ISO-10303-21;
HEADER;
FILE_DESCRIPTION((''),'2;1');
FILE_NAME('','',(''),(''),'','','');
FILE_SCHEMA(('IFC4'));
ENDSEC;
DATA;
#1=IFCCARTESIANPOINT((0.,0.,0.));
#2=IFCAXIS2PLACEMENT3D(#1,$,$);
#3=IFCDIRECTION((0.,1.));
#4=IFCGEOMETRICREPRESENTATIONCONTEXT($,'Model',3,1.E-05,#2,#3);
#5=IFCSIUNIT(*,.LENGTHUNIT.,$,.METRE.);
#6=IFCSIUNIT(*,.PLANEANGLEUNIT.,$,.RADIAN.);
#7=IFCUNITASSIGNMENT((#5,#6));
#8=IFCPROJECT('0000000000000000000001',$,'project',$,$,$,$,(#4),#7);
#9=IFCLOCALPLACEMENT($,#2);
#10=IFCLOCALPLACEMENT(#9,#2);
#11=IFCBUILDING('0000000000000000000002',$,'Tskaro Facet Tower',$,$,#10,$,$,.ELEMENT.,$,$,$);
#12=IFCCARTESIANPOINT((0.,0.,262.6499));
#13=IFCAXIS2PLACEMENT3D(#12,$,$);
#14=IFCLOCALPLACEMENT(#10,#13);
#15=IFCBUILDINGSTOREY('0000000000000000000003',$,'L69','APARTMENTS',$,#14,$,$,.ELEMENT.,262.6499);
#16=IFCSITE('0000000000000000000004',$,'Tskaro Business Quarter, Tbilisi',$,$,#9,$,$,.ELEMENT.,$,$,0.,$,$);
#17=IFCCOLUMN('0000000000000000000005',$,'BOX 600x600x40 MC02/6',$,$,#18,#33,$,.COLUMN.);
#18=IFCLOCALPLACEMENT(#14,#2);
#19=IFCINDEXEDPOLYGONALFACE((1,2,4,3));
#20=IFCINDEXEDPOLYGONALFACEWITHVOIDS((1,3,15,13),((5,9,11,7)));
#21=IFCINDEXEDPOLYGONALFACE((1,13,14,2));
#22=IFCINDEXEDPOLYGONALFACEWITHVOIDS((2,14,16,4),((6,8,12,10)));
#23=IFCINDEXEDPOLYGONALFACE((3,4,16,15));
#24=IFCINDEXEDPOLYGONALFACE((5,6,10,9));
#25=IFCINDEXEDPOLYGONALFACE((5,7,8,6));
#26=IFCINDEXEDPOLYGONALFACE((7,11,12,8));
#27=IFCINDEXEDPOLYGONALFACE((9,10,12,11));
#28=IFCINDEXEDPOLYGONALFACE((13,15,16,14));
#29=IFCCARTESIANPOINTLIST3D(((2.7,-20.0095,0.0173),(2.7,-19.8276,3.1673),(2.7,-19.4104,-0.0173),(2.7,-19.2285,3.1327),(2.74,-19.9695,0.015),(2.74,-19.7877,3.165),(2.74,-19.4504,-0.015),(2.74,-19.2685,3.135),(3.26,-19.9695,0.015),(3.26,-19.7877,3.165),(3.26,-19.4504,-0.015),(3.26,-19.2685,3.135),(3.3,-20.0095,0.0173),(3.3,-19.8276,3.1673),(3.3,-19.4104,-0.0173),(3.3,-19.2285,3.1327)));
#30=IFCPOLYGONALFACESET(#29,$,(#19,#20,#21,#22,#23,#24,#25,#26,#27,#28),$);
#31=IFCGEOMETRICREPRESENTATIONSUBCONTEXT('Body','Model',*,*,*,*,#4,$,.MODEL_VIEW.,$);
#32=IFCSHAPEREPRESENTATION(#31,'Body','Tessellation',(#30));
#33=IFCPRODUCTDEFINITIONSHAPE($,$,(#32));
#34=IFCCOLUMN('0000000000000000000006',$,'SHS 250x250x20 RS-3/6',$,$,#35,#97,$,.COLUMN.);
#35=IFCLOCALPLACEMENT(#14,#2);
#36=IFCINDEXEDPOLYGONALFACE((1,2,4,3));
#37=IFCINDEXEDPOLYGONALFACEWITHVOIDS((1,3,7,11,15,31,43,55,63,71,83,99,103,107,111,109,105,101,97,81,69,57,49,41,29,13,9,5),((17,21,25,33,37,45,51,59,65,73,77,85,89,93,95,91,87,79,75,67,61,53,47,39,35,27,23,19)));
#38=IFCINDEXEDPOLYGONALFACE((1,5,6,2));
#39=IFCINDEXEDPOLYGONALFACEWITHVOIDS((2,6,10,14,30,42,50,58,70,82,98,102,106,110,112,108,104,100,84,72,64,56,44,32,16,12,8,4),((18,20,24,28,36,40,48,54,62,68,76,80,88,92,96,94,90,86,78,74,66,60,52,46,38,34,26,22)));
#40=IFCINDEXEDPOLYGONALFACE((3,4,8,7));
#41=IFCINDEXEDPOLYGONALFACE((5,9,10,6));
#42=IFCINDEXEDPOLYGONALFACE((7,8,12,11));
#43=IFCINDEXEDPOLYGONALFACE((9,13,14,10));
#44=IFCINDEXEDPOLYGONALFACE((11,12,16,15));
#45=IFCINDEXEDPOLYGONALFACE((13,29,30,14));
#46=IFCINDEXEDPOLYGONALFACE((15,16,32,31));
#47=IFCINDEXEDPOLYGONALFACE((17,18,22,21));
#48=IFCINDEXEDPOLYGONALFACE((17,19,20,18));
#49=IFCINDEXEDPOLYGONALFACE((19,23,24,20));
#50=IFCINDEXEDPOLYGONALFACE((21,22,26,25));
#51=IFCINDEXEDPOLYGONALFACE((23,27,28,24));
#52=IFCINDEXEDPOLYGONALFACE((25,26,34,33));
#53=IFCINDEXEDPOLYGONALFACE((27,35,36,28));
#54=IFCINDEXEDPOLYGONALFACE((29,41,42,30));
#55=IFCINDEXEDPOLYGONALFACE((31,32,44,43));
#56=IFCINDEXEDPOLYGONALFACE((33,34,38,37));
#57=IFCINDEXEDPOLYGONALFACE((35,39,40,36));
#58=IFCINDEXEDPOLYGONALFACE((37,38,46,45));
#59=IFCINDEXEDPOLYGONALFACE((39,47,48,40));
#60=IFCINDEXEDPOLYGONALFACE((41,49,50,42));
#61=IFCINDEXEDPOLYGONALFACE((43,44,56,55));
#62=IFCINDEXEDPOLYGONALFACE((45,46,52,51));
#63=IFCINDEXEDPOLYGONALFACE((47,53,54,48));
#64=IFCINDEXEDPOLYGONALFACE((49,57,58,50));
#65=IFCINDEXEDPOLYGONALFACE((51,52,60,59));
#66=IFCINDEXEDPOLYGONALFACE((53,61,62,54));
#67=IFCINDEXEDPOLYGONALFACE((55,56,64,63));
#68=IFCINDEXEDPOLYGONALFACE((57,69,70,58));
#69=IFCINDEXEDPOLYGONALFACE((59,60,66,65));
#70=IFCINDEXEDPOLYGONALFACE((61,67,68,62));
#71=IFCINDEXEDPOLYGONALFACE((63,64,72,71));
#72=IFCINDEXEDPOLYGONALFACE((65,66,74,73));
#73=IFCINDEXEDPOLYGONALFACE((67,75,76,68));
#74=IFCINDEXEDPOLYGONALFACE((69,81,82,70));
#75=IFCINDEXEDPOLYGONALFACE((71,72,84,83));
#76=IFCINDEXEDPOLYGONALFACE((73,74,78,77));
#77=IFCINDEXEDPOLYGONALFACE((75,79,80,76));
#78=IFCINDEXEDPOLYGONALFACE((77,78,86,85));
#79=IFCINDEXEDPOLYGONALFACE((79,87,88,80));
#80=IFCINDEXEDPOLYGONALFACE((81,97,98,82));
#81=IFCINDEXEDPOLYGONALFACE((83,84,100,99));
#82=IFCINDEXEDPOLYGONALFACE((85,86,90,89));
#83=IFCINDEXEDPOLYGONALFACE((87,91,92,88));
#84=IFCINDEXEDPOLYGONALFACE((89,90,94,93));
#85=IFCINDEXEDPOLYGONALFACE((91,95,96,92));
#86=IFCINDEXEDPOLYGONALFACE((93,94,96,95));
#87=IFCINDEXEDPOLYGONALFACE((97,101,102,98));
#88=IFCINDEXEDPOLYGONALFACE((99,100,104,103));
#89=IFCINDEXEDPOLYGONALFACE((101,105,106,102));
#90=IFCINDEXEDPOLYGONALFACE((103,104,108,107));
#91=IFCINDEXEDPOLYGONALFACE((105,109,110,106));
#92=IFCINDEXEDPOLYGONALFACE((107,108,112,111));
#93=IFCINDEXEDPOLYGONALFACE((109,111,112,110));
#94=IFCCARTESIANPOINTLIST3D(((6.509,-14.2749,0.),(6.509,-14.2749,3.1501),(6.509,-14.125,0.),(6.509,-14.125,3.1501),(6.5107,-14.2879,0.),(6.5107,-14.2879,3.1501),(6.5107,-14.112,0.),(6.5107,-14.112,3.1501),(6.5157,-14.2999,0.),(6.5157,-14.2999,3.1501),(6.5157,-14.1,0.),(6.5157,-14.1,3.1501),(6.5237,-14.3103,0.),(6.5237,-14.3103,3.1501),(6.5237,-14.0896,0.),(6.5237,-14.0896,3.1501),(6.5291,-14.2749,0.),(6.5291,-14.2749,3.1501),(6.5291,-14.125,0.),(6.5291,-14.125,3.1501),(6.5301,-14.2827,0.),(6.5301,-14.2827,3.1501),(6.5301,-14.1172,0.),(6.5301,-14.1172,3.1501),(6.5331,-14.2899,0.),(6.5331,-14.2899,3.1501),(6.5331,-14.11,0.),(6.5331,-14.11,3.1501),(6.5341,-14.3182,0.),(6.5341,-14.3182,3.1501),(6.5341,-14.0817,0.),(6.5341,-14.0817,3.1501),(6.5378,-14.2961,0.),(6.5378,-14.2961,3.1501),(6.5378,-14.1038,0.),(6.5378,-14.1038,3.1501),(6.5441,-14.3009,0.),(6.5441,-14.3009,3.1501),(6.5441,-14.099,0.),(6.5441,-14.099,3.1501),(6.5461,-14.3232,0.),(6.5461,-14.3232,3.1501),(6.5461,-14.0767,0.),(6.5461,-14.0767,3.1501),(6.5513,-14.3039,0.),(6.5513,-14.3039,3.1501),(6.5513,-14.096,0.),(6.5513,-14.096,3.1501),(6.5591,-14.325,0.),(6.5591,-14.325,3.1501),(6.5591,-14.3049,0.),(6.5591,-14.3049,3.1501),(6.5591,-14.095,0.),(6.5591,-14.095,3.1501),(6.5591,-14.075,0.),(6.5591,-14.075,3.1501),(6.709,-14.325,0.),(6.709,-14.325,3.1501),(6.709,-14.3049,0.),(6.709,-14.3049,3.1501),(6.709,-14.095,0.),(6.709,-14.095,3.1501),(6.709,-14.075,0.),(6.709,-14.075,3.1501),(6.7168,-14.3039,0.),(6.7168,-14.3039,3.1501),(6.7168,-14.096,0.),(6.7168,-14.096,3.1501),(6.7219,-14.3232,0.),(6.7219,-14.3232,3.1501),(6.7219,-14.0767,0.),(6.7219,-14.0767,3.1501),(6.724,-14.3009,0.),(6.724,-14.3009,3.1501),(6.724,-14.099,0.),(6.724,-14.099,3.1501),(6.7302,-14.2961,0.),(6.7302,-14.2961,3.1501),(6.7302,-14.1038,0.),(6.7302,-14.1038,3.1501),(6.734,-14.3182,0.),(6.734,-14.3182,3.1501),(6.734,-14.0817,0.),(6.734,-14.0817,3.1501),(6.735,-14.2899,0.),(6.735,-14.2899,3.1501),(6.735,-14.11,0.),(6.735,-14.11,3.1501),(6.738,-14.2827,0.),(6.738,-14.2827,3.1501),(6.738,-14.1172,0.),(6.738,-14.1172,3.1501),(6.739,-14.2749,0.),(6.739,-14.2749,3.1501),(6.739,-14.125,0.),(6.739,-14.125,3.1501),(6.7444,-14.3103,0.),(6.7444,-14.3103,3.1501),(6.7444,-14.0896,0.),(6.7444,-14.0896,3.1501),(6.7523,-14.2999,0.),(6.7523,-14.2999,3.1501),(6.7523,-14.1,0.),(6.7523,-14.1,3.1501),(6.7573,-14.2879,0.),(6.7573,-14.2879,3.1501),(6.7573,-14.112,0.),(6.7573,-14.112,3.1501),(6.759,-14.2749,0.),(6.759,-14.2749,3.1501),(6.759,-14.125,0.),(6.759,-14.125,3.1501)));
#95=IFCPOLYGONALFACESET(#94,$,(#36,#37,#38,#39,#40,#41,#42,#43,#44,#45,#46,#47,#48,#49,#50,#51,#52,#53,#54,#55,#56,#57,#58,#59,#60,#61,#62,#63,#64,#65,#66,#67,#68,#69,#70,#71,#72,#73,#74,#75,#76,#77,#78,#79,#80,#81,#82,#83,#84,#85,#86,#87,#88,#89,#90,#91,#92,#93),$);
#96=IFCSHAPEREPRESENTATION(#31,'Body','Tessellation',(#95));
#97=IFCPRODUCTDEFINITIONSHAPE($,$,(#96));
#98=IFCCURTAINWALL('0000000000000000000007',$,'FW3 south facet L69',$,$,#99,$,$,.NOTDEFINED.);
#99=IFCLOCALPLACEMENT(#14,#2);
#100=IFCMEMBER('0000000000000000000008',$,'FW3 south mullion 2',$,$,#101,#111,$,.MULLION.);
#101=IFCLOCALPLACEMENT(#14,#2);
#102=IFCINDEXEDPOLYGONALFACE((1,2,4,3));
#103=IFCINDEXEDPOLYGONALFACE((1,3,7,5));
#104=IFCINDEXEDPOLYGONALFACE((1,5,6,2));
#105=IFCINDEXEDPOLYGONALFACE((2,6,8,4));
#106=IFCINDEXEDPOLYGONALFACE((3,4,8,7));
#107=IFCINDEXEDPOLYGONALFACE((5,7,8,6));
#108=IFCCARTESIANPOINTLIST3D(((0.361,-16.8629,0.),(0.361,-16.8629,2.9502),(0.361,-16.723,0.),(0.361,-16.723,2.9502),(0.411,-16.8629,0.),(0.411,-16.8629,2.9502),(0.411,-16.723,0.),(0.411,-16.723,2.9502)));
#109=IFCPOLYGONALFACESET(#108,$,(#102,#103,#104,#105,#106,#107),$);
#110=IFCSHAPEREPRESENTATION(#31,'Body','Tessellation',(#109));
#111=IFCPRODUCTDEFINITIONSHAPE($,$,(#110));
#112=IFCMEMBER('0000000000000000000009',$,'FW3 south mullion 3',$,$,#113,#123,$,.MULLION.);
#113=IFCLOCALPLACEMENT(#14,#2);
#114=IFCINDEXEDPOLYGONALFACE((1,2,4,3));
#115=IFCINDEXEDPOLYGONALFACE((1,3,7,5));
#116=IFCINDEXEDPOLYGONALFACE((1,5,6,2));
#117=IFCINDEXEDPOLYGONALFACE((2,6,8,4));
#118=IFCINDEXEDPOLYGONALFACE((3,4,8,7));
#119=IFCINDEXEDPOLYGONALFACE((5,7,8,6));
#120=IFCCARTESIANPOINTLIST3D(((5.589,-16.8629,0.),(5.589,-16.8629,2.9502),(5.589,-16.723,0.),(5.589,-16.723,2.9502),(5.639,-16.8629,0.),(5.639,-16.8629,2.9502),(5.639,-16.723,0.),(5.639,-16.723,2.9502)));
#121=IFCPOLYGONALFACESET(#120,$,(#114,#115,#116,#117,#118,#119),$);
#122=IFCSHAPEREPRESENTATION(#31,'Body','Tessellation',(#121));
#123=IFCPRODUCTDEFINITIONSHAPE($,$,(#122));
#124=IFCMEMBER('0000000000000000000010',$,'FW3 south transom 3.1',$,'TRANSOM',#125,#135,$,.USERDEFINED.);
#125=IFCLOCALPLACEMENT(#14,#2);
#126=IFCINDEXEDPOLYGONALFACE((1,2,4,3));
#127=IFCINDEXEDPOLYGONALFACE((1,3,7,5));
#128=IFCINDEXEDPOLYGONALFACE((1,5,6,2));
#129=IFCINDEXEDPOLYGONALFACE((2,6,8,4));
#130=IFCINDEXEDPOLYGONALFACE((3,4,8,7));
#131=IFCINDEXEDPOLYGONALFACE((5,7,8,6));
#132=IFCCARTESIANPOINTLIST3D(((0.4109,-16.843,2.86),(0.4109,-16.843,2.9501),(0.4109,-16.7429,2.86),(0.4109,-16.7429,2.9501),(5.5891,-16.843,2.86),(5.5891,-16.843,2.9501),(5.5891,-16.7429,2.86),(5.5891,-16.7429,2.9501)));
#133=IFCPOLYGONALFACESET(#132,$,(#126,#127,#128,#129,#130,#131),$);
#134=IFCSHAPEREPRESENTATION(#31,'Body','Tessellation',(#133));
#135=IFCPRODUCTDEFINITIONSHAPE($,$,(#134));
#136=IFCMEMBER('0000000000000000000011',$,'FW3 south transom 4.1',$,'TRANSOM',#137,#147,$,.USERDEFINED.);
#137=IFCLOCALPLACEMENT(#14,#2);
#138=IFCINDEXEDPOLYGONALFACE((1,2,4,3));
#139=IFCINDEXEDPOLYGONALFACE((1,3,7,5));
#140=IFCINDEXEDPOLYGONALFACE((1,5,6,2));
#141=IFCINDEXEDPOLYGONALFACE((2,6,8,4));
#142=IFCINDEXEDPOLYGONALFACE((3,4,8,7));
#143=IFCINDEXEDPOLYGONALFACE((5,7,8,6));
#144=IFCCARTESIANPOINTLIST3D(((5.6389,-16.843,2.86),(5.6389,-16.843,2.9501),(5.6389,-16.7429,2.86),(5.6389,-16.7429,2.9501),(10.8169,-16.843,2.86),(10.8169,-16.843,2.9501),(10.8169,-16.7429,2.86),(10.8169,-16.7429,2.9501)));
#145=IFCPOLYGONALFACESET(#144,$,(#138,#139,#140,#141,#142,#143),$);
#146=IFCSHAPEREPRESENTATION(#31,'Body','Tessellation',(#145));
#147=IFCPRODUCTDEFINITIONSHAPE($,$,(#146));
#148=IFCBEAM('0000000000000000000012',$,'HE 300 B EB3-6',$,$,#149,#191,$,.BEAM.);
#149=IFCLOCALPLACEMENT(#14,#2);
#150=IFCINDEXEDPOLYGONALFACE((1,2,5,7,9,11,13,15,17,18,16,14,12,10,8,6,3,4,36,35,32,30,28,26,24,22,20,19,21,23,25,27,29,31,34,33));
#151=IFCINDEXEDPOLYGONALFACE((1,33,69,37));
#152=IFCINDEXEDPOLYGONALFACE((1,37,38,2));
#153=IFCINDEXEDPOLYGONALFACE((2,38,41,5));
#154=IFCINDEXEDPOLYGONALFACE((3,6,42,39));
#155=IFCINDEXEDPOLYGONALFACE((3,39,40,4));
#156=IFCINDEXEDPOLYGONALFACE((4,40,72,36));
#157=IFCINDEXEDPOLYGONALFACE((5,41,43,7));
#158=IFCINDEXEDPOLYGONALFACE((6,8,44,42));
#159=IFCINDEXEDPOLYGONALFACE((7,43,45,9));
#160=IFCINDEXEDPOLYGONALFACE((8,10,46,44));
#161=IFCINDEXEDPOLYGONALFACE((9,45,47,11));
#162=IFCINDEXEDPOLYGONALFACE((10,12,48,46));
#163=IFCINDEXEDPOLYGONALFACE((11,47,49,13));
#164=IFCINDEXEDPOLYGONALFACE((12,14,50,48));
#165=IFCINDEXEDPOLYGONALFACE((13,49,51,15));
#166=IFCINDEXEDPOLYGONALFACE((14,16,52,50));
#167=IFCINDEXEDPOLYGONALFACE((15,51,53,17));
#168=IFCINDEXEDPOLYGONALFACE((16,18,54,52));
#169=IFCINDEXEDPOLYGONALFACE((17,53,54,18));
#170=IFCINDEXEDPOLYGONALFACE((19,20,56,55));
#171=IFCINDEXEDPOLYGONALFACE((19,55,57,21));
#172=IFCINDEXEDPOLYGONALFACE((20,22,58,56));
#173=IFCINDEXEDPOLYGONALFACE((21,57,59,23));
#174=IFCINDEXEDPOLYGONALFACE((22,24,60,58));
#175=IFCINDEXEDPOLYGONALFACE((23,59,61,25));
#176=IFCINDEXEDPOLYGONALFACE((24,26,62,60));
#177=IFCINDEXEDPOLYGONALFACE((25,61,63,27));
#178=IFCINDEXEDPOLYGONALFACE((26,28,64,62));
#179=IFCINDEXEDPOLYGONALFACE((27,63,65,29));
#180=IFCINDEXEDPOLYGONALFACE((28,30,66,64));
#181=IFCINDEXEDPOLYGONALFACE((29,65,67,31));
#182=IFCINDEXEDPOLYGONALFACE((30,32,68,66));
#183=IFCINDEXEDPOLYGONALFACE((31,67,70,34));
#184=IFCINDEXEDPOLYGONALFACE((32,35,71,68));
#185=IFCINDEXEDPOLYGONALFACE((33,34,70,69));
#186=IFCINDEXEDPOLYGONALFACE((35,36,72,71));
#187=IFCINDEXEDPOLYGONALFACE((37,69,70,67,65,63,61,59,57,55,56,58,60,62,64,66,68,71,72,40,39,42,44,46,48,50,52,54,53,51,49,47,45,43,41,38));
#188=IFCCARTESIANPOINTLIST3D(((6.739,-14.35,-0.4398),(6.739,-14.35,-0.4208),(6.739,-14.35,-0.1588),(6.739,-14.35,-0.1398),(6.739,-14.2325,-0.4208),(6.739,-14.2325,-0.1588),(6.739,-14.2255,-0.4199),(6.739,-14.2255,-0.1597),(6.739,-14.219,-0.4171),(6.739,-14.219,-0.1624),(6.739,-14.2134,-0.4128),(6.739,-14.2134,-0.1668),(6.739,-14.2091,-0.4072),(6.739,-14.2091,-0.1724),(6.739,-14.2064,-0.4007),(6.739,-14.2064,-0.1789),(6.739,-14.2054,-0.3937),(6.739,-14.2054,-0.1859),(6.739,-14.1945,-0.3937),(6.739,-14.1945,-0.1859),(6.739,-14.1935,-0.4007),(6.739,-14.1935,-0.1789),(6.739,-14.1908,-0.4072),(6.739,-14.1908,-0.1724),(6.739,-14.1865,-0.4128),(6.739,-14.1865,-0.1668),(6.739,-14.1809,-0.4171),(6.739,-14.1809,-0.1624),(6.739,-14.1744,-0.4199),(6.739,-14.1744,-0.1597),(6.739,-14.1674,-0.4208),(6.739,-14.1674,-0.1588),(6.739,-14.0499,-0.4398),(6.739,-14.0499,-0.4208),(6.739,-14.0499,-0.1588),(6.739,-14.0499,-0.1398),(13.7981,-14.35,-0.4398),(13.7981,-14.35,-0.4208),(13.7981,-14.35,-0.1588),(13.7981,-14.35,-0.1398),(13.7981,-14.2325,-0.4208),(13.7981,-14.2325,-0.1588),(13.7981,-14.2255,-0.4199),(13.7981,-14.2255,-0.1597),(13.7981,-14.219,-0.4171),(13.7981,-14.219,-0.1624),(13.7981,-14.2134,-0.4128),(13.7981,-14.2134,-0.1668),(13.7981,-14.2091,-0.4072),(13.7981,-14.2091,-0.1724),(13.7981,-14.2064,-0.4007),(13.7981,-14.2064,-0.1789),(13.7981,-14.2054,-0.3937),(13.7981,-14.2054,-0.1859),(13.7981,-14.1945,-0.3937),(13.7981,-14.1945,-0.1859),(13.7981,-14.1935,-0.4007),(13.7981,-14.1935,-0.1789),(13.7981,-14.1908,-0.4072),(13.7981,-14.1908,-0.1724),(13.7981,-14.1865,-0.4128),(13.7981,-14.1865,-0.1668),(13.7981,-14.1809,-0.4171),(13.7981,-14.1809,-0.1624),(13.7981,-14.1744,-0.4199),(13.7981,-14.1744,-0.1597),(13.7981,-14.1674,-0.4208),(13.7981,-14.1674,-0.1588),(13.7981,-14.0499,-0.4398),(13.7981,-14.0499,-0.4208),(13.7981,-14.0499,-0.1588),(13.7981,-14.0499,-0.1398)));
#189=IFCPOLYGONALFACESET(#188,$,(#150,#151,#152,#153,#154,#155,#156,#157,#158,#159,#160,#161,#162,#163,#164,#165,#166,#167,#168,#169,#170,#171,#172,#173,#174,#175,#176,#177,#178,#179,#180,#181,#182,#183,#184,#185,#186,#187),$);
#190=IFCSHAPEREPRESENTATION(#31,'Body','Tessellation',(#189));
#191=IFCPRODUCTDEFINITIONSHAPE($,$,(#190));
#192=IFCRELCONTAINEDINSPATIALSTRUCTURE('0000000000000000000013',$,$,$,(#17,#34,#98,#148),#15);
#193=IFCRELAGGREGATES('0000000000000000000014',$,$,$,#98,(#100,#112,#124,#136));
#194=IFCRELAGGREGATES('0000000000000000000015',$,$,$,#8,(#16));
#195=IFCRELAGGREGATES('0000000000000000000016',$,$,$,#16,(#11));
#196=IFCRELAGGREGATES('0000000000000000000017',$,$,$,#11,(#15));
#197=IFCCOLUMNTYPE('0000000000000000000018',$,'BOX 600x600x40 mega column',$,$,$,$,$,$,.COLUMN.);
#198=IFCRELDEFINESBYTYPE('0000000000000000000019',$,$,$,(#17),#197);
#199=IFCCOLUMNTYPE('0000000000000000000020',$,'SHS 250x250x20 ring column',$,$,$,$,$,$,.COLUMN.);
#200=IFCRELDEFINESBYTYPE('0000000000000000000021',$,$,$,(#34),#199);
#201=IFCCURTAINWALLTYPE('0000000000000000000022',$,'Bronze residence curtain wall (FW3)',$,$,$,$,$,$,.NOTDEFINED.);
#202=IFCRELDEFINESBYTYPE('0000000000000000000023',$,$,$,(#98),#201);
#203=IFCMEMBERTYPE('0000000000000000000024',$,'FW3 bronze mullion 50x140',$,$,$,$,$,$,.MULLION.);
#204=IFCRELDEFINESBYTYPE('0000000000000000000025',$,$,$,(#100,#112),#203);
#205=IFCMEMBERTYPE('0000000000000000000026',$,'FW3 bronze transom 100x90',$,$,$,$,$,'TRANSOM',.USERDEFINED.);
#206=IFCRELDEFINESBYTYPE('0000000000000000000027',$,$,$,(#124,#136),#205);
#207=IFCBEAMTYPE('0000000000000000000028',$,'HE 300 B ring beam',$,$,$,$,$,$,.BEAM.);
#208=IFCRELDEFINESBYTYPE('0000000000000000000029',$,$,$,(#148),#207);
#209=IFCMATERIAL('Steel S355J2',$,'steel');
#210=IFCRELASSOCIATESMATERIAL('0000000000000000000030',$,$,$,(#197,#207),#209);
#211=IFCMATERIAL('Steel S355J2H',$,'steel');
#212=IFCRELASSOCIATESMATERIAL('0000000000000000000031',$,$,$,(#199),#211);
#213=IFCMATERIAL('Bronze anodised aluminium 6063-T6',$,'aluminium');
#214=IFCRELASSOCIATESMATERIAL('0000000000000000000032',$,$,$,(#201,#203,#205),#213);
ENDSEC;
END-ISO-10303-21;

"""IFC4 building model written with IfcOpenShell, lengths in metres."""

from ifc_helpers import new_model, si_unit, direction, frame, origin, origin_2d, place, context, subcontext, project, spatial, rectangle, hollow_rectangle, i_section, extrude, material, material_profile, profile_set, type_object, element, aggregate, save


model = new_model("IFC4")

# Units and contexts
model_context = context("Model", 3, precision=1e-05, world=origin(), true_north=direction((0.0, 1.0)))
body_context = subcontext(model_context, "Body", "Model", "MODEL_VIEW")
ifc_project = project(units=[si_unit("LENGTHUNIT", "METRE"), si_unit("PLANEANGLEUNIT", "RADIAN")], contexts=[model_context])

# Site, building, storey
site_placement = place(None, origin())
site = spatial("IfcSite", under=ifc_project, at=site_placement, Name="Tskaro Business Quarter, Tbilisi", CompositionType="ELEMENT", RefElevation=0.0)
building_placement = place(site_placement, origin())
building = spatial("IfcBuilding", under=site, at=building_placement, Name="Tskaro Facet Tower", CompositionType="ELEMENT")
storey_placement = place(building_placement, frame((0.0, 0.0, 262.6499)))
storey = spatial("IfcBuildingStorey", under=building, at=storey_placement, Name="L69", Description="APARTMENTS", CompositionType="ELEMENT", Elevation=262.6499)

# Columns
ifc_material_1 = material(Name="Steel S355J2", Category="steel")
ifc_material_profile_1 = material_profile(ifc_material_1, hollow_rectangle(XDim=0.6001, YDim=0.6001, WallThickness=0.04, at=origin_2d()), Name="BOX 600x600x40")
ifc_profile_set_1 = profile_set([ifc_material_profile_1], Name="Steel S355J2")
column_type_1 = type_object("IfcColumnType", Name="BOX 600x600x40 mega column", PredefinedType="COLUMN", material=ifc_profile_set_1)
column_1_placement = place(storey_placement, frame((3.0, -19.71, 0.0), z_axis=(0.0, 0.057643, 0.998337), x_axis=(-1.0, 0.0, 0.0)))
element("IfcColumn", 1, at=column_1_placement, inside=storey, type_object=column_type_1, Name="BOX 600x600x40 MC02/6", PredefinedType="COLUMN", context=body_context, shape_type="SweptSolid", body=[
    extrude(hollow_rectangle(XDim=0.6001, YDim=0.6001, WallThickness=0.04, at=origin_2d()), origin(), (0.0, 0.0, 1.0), 3.1553),
])
ifc_material_2 = material(Name="Steel S355J2H", Category="steel")
ifc_material_profile_2 = material_profile(ifc_material_2, hollow_rectangle(XDim=0.25, YDim=0.25, WallThickness=0.02, InnerFilletRadius=0.03, OuterFilletRadius=0.05, at=origin_2d()), Name="SHS 250x250x20")
ifc_profile_set_2 = profile_set([ifc_material_profile_2], Name="Steel S355J2H")
column_type_2 = type_object("IfcColumnType", Name="SHS 250x250x20 ring column", PredefinedType="COLUMN", material=ifc_profile_set_2)
column_2_placement = place(storey_placement, frame((6.634, -14.2, 0.0), z_axis=(0.0, 0.0, 1.0), x_axis=(1.0, 0.0, 0.0)))
element("IfcColumn", 2, at=column_2_placement, inside=storey, type_object=column_type_2, Name="SHS 250x250x20 RS-3/6", PredefinedType="COLUMN", context=body_context, shape_type="SweptSolid", body=[
    extrude(hollow_rectangle(XDim=0.25, YDim=0.25, WallThickness=0.02, InnerFilletRadius=0.03, OuterFilletRadius=0.05, at=origin_2d()), origin(), (0.0, 0.0, 1.0), 3.1501),
])

# Curtain wall, members
ifc_material_3 = material(Name="Bronze anodised aluminium 6063-T6", Category="aluminium")
curtain_wall_type = type_object("IfcCurtainWallType", Name="Bronze residence curtain wall (FW3)", PredefinedType="NOTDEFINED", material=ifc_material_3)
curtain_wall_placement = place(storey_placement, origin())
curtain_wall = element("IfcCurtainWall", 3, at=curtain_wall_placement, inside=storey, type_object=curtain_wall_type, Name="FW3 south facet L69", PredefinedType="NOTDEFINED")
ifc_material_profile_3 = material_profile(ifc_material_3, rectangle(XDim=0.05, YDim=0.1399, at=origin_2d()), Name="Mullion 50x140")
ifc_profile_set_3 = profile_set([ifc_material_profile_3], Name="Bronze anodised aluminium 6063-T6")
member_type_1 = type_object("IfcMemberType", Name="FW3 bronze mullion 50x140", PredefinedType="MULLION", material=ifc_profile_set_3)
member_1_placement = place(storey_placement, frame((0.386, -16.793, 0.0), z_axis=(0.0, 0.0, 1.0), x_axis=(1.0, 0.0, 0.0)))
member_1 = element("IfcMember", 4, at=member_1_placement, type_object=member_type_1, Name="FW3 south mullion 2", PredefinedType="MULLION", context=body_context, shape_type="SweptSolid", body=[
    extrude(rectangle(XDim=0.05, YDim=0.1399, at=origin_2d()), origin(), (0.0, 0.0, 1.0), 2.9502),
])
member_2_placement = place(storey_placement, frame((5.614, -16.793, 0.0), z_axis=(0.0, 0.0, 1.0), x_axis=(1.0, 0.0, 0.0)))
member_2 = element("IfcMember", 5, at=member_2_placement, type_object=member_type_1, Name="FW3 south mullion 3", PredefinedType="MULLION", context=body_context, shape_type="SweptSolid", body=[
    extrude(rectangle(XDim=0.05, YDim=0.1399, at=origin_2d()), origin(), (0.0, 0.0, 1.0), 2.9502),
])
ifc_material_profile_4 = material_profile(ifc_material_3, rectangle(XDim=0.1001, YDim=0.0901, at=origin_2d()), Name="Transom 100x90")
ifc_profile_set_4 = profile_set([ifc_material_profile_4], Name="Bronze anodised aluminium 6063-T6")
member_type_2 = type_object("IfcMemberType", Name="FW3 bronze transom 100x90", ElementType="TRANSOM", PredefinedType="USERDEFINED", material=ifc_profile_set_4)
member_3_placement = place(storey_placement, frame((0.4109, -16.793, 2.905), z_axis=(1.0, 0.0, 0.0), x_axis=(0.0, 1.0, 0.0)))
member_3 = element("IfcMember", 6, at=member_3_placement, type_object=member_type_2, Name="FW3 south transom 3.1", ObjectType="TRANSOM", PredefinedType="USERDEFINED", context=body_context, shape_type="SweptSolid", body=[
    extrude(rectangle(XDim=0.1001, YDim=0.0901, at=origin_2d()), origin(), (0.0, 0.0, 1.0), 5.1782),
])
member_4_placement = place(storey_placement, frame((5.6389, -16.793, 2.905), z_axis=(1.0, 0.0, 0.0), x_axis=(0.0, 1.0, 0.0)))
member_4 = element("IfcMember", 7, at=member_4_placement, type_object=member_type_2, Name="FW3 south transom 4.1", ObjectType="TRANSOM", PredefinedType="USERDEFINED", context=body_context, shape_type="SweptSolid", body=[
    extrude(rectangle(XDim=0.1001, YDim=0.0901, at=origin_2d()), origin(), (0.0, 0.0, 1.0), 5.178),
])

# Beam
ifc_material_profile_5 = material_profile(ifc_material_1, i_section(OverallWidth=0.3, OverallDepth=0.3, WebThickness=0.011, FlangeThickness=0.019, FilletRadius=0.0271, at=origin_2d()), Name="HE 300 B")
ifc_profile_set_5 = profile_set([ifc_material_profile_5], Name="Steel S355J2")
beam_type_1 = type_object("IfcBeamType", Name="HE 300 B ring beam", PredefinedType="BEAM", material=ifc_profile_set_5)
beam_1_placement = place(storey_placement, frame((6.739, -14.2, -0.2898), z_axis=(1.0, 0.0, 0.0), x_axis=(0.0, 1.0, 0.0)))
element("IfcBeam", 8, at=beam_1_placement, inside=storey, type_object=beam_type_1, Name="HE 300 B EB3-6", PredefinedType="BEAM", context=body_context, shape_type="SweptSolid", body=[
    extrude(i_section(OverallWidth=0.3, OverallDepth=0.3, WebThickness=0.011, FlangeThickness=0.019, FilletRadius=0.0271, at=origin_2d()), origin(), (0.0, 0.0, 1.0), 7.0591),
])

aggregate(curtain_wall, [member_1, member_2, member_3, member_4])

save(model, "model.ifc")
